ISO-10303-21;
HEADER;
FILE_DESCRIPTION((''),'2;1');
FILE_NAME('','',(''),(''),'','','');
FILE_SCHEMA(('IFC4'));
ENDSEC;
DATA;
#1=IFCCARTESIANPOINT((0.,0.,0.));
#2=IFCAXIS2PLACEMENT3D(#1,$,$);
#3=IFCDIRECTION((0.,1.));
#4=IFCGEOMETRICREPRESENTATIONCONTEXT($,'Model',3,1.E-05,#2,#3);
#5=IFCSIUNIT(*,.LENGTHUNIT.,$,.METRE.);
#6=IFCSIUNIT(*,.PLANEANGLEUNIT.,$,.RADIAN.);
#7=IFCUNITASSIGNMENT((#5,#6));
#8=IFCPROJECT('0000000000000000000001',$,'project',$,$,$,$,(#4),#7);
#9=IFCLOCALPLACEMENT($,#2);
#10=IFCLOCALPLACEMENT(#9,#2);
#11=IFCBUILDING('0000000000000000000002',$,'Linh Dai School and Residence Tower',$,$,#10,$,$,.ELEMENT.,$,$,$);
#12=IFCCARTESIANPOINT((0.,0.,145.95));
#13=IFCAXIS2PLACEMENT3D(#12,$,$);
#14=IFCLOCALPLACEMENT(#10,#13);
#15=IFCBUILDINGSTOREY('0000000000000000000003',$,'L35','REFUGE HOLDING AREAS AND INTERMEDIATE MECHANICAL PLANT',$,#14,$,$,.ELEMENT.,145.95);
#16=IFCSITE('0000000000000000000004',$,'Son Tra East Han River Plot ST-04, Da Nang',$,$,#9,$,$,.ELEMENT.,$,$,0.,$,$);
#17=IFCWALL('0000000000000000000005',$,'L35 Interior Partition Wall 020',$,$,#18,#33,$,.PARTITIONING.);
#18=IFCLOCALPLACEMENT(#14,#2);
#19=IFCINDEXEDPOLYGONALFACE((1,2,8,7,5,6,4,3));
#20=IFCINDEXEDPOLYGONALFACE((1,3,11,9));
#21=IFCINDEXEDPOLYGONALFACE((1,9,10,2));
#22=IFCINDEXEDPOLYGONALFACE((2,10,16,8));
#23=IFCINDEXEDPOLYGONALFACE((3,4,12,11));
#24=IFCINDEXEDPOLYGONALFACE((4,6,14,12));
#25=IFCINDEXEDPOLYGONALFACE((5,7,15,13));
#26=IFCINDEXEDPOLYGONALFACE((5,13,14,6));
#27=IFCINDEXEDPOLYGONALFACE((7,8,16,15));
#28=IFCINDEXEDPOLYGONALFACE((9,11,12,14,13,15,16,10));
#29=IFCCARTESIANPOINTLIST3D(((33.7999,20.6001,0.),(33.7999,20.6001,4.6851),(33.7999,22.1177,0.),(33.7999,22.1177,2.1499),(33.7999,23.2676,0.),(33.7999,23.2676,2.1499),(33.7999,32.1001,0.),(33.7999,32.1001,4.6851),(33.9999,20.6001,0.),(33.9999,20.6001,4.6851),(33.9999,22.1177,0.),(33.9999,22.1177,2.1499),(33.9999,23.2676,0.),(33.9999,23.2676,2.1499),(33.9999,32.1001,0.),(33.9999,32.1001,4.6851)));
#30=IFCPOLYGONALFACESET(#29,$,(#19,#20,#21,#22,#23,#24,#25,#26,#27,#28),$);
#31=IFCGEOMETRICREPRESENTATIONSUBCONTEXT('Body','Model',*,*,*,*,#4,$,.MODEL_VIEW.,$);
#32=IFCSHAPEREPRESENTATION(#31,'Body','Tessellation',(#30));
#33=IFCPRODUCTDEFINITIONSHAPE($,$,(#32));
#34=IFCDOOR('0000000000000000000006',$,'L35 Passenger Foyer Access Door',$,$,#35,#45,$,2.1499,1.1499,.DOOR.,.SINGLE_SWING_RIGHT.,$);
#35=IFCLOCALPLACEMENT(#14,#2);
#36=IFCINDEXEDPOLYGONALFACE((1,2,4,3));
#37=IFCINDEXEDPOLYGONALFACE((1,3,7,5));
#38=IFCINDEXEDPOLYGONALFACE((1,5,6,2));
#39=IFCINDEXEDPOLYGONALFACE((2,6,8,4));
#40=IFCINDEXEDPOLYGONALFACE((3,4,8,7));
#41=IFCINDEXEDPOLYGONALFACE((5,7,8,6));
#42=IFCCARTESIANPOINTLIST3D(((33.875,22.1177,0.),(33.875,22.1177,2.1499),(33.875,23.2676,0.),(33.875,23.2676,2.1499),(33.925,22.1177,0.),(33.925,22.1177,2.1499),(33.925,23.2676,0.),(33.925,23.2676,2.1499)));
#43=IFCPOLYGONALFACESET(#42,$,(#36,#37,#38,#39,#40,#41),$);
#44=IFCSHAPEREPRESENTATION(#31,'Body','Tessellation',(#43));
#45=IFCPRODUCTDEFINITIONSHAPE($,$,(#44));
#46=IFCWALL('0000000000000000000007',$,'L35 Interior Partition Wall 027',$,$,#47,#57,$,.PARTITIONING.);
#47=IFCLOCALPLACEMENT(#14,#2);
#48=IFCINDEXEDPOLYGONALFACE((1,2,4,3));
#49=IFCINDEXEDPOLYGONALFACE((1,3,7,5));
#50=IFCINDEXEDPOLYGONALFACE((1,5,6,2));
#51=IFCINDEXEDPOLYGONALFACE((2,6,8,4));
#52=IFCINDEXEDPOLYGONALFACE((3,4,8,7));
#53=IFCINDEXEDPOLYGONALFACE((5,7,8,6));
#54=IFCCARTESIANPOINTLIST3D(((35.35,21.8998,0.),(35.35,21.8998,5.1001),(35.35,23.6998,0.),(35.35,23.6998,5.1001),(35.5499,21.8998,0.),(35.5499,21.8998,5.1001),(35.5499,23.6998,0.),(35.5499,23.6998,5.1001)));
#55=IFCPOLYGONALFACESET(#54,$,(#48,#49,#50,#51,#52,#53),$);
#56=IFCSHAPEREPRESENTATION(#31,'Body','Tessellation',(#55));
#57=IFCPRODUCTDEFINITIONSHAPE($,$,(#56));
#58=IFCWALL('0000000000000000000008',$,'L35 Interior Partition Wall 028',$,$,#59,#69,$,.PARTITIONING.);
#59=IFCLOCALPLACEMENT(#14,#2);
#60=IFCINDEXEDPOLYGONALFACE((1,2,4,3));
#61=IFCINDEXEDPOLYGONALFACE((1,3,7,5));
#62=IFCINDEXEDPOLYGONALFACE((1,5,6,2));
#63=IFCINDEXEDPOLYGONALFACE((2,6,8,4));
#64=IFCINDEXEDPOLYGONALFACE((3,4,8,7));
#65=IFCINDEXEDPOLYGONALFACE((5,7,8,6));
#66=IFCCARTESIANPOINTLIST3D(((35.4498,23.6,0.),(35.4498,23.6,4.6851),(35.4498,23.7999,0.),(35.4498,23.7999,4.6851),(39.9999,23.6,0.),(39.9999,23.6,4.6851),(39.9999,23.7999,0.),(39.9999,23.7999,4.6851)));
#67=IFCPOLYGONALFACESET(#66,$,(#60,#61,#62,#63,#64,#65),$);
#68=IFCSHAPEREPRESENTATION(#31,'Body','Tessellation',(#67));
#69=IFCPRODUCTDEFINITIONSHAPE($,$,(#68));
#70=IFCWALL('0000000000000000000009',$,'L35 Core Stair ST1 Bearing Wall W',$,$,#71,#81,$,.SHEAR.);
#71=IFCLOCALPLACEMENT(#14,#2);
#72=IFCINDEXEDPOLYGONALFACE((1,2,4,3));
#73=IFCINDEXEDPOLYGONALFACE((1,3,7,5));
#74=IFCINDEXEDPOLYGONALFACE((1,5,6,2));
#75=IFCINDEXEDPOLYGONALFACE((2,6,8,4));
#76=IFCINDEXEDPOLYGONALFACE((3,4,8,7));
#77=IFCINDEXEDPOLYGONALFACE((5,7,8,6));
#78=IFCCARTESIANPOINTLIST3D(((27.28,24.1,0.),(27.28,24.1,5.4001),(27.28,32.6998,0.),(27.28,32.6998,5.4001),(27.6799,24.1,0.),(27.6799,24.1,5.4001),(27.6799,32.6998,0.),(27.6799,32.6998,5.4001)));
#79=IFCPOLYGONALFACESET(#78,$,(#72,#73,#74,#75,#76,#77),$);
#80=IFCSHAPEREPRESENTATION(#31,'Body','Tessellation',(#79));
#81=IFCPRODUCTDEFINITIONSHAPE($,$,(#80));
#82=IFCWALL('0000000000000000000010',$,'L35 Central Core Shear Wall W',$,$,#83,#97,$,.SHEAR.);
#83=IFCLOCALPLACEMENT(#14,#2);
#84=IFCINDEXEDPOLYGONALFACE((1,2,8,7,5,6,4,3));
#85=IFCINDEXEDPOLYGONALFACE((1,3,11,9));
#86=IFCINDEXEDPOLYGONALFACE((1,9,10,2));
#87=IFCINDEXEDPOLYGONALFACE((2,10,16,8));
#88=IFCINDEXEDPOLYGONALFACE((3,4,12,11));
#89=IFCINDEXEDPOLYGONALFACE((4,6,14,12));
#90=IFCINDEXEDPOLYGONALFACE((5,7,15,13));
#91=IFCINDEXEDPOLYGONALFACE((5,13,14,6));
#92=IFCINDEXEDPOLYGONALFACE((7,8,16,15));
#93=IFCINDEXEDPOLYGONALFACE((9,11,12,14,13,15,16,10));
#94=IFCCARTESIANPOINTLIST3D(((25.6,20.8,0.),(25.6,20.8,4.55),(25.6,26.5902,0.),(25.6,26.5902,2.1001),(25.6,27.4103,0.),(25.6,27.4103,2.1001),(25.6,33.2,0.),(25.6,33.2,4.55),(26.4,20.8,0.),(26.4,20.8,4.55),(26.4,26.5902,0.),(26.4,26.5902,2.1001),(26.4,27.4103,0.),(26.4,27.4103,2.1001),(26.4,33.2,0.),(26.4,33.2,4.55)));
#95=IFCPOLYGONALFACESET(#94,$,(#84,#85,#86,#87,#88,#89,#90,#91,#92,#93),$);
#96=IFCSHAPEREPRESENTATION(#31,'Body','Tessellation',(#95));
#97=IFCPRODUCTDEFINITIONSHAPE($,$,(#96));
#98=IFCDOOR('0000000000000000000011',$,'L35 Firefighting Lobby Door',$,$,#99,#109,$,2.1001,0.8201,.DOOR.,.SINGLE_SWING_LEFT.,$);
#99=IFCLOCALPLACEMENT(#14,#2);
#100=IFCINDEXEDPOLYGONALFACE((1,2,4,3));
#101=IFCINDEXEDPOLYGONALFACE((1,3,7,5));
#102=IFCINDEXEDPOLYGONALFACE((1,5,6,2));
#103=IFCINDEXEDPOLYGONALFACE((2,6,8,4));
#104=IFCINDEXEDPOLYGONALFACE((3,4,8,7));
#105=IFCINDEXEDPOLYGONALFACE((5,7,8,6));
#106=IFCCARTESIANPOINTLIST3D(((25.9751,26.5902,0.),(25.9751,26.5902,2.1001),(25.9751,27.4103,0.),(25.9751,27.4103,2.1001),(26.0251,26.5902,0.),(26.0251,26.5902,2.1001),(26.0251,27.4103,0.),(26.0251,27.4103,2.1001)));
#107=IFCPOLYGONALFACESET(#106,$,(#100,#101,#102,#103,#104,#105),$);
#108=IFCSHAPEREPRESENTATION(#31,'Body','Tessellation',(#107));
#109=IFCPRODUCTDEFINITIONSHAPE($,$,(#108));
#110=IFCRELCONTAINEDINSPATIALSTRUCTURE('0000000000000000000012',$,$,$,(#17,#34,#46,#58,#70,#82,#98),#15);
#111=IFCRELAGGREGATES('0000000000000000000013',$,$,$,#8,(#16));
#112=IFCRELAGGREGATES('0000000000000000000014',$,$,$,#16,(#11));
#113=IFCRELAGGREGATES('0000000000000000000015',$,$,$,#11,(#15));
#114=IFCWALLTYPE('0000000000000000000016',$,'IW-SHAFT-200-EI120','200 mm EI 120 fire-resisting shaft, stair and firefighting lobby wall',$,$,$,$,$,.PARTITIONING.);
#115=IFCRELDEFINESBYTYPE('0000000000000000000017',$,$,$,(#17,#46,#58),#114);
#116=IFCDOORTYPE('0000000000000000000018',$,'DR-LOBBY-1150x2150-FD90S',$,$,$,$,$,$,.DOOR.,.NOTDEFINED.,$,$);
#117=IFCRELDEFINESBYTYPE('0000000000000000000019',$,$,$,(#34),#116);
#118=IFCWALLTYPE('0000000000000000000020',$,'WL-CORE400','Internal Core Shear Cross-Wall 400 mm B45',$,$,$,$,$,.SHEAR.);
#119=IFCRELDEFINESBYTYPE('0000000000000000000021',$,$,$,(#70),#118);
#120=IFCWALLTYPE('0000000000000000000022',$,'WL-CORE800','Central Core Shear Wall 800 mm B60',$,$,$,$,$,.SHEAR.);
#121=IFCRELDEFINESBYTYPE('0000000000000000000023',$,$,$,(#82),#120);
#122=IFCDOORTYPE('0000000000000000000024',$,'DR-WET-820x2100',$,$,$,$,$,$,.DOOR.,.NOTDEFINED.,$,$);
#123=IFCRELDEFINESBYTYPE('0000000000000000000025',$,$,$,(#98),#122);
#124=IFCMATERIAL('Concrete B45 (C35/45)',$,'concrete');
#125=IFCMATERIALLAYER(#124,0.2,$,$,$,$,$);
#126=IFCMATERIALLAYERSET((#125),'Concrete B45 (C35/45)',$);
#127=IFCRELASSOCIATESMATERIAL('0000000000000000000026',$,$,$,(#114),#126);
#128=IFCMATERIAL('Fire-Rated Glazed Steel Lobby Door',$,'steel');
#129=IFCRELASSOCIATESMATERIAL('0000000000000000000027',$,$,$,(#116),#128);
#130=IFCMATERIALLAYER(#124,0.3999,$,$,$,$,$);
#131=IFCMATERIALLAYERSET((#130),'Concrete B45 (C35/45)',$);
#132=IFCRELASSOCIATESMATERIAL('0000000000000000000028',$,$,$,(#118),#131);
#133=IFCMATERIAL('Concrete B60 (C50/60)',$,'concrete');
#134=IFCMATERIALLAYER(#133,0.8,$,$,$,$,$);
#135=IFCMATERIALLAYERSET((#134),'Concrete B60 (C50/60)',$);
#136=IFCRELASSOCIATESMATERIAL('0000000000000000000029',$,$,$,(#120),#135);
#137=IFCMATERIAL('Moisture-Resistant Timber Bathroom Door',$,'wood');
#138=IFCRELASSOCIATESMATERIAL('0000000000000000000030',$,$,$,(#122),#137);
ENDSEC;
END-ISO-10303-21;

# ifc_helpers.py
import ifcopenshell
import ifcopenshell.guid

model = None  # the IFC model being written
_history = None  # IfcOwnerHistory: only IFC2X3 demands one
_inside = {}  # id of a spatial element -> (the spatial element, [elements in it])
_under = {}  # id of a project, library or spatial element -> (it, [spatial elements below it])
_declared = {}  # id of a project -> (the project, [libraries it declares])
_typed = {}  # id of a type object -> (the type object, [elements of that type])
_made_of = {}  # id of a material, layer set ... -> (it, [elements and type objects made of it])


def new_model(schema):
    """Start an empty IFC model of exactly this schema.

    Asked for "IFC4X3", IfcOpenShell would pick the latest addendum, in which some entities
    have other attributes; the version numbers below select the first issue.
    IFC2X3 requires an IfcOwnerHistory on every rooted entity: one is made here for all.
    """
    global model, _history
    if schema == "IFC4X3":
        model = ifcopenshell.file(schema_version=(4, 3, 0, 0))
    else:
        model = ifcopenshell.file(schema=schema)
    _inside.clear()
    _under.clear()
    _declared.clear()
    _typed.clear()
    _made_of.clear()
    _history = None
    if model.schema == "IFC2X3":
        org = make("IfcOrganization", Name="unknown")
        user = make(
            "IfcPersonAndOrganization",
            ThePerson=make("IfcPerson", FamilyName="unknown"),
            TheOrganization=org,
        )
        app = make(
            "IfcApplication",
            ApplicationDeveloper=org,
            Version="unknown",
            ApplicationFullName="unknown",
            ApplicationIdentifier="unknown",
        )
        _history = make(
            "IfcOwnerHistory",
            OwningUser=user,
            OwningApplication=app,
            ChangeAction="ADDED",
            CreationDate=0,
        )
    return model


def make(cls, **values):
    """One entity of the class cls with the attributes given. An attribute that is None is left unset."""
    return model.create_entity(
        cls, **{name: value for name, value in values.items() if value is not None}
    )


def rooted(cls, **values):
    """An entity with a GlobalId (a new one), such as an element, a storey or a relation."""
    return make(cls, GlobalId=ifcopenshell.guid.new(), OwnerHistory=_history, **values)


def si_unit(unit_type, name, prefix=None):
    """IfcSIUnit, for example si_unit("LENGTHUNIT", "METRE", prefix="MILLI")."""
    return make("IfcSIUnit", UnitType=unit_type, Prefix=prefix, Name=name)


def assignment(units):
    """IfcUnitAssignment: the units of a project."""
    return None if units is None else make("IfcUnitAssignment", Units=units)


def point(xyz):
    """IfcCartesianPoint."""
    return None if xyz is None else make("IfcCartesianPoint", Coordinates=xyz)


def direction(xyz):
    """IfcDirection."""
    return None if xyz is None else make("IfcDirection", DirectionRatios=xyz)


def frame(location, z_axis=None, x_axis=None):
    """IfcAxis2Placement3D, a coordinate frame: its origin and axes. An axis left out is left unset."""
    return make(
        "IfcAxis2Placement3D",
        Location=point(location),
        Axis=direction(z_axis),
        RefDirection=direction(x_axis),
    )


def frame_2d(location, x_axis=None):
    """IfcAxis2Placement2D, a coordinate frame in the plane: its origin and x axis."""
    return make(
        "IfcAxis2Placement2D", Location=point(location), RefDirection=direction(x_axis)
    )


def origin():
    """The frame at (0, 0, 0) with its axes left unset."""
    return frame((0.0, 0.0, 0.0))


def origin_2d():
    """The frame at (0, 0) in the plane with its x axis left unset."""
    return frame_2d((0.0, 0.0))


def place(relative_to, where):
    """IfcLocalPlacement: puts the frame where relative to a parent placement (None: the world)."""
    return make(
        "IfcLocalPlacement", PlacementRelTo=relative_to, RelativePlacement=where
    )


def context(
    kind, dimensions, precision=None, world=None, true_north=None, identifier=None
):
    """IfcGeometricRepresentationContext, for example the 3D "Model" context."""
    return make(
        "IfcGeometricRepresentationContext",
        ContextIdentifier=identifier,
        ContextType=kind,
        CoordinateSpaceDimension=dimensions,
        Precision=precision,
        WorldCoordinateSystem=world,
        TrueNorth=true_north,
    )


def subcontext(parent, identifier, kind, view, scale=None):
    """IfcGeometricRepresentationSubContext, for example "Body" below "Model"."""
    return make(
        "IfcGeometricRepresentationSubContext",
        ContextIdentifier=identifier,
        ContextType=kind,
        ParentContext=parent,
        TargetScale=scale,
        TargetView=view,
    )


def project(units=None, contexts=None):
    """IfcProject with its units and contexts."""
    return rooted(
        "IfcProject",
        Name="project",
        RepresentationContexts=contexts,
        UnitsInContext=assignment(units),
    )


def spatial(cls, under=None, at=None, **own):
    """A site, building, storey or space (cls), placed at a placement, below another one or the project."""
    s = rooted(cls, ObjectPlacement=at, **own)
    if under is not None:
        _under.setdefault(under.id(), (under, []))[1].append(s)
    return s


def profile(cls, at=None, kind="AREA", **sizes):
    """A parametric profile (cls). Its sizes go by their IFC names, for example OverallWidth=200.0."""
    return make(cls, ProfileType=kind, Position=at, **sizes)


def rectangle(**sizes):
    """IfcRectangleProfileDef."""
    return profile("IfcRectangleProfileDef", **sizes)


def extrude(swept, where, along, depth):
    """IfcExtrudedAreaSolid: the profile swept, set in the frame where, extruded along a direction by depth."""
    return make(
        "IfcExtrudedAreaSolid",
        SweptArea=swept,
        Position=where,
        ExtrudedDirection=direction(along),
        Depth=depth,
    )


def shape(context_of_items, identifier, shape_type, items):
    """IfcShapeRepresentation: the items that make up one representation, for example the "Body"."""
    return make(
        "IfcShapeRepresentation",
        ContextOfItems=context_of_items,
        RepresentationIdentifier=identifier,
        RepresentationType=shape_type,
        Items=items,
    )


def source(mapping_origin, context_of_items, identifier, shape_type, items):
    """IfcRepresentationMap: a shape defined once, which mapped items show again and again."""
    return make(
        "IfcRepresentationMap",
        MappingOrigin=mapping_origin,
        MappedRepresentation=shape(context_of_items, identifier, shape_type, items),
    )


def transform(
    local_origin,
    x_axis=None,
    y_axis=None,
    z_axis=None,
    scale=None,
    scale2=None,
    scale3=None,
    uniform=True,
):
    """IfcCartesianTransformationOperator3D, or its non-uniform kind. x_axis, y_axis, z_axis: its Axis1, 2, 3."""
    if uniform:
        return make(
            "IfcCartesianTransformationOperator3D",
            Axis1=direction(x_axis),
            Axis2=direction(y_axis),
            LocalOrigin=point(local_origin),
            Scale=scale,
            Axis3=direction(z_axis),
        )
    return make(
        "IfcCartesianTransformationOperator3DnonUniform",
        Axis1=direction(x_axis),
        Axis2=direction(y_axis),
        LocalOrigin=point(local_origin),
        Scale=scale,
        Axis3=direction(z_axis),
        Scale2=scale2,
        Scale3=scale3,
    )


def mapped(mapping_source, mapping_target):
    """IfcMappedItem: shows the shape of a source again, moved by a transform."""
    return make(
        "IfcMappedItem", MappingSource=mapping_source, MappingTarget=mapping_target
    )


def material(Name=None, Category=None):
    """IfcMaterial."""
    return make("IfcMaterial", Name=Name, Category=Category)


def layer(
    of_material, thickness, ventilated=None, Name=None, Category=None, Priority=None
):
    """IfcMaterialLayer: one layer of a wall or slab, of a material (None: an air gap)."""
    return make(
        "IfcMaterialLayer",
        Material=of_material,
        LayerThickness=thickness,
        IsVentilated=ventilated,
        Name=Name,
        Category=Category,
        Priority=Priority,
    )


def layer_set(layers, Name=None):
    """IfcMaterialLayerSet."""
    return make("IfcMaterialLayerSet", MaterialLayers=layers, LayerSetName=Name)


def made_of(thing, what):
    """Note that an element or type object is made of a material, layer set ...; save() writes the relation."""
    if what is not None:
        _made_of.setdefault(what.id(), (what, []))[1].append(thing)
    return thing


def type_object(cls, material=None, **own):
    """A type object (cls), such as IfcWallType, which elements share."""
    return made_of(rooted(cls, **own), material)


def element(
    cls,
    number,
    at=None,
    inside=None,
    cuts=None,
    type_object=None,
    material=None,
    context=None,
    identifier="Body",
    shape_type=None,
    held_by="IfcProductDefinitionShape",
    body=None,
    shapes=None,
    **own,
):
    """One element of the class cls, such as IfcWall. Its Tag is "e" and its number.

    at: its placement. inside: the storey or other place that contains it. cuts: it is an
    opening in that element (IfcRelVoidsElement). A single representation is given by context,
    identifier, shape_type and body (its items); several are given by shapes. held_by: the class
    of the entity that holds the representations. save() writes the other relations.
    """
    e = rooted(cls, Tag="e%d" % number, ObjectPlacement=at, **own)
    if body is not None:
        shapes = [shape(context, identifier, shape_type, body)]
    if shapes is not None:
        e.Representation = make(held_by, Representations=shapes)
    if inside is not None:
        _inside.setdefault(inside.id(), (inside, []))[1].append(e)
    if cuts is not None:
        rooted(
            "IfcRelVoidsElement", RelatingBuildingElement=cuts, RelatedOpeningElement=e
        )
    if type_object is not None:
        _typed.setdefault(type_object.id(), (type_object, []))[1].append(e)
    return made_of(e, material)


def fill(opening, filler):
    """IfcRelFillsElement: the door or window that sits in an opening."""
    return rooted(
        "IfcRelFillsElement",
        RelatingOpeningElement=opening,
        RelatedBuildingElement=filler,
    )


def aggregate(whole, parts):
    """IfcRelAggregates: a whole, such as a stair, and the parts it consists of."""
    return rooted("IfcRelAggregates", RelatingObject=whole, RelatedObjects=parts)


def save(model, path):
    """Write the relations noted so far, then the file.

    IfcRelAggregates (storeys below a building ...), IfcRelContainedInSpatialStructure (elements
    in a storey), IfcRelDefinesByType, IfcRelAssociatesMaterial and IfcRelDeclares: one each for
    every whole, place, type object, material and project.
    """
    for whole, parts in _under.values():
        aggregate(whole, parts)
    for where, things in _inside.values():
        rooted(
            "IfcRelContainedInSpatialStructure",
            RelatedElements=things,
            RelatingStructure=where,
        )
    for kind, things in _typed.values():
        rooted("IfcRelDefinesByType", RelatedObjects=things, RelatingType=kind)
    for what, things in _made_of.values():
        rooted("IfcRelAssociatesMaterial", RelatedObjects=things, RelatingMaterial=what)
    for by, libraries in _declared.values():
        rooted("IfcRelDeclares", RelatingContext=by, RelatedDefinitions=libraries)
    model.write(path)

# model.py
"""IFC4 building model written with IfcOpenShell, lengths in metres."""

from ifc_helpers import new_model, si_unit, direction, frame, frame_2d, origin, origin_2d, place, context, subcontext, project, spatial, rectangle, extrude, source, transform, mapped, material, layer, layer_set, type_object, element, fill, save


model = new_model("IFC4")

# Units and contexts
model_context = context("Model", 3, precision=1e-05, world=origin(), true_north=direction((0.0, 1.0)))
body_context = subcontext(model_context, "Body", "Model", "MODEL_VIEW")
ifc_project = project(units=[si_unit("LENGTHUNIT", "METRE"), si_unit("PLANEANGLEUNIT", "RADIAN")], contexts=[model_context])

# Site, building, storey
site_placement = place(None, origin())
site = spatial("IfcSite", under=ifc_project, at=site_placement, Name="Son Tra East Han River Plot ST-04, Da Nang", CompositionType="ELEMENT", RefElevation=0.0)
building_placement = place(site_placement, origin())
building = spatial("IfcBuilding", under=site, at=building_placement, Name="Linh Dai School and Residence Tower", CompositionType="ELEMENT")
storey_placement = place(building_placement, frame((0.0, 0.0, 145.95)))
storey = spatial("IfcBuildingStorey", under=building, at=storey_placement, Name="L35", Description="REFUGE HOLDING AREAS AND INTERMEDIATE MECHANICAL PLANT", CompositionType="ELEMENT", Elevation=145.95)

# Shared definitions
ifc_material_1 = material(Name="Concrete B60 (C50/60)", Category="concrete")

# Wall, opening, door
ifc_material_2 = material(Name="Concrete B45 (C35/45)", Category="concrete")
ifc_layer_1 = layer(ifc_material_2, 0.2)
ifc_layer_set_1 = layer_set([ifc_layer_1], Name="Concrete B45 (C35/45)")
wall_type_1 = type_object("IfcWallType", Name="IW-SHAFT-200-EI120", Description="200 mm EI 120 fire-resisting shaft, stair and firefighting lobby wall", PredefinedType="PARTITIONING", material=ifc_layer_set_1)
wall_1_placement = place(storey_placement, frame((33.8999, 20.6001, 0.0), z_axis=(0.0, 0.0, 1.0), x_axis=(0.0, 1.0, 0.0)))
wall_1 = element("IfcWall", 1, at=wall_1_placement, inside=storey, type_object=wall_type_1, Name="L35 Interior Partition Wall 020", PredefinedType="PARTITIONING", context=body_context, shape_type="SweptSolid", body=[
    extrude(rectangle(XDim=11.5, YDim=0.2, at=frame_2d((5.75, 0.0))), origin(), (0.0, 0.0, 1.0), 4.6851),
])
opening_1_placement = place(wall_1_placement, frame((1.5176, 0.0, 0.0)))
opening_1 = element("IfcOpeningElement", 2, at=opening_1_placement, cuts=wall_1, PredefinedType="OPENING", context=body_context, shape_type="SweptSolid", body=[
    extrude(rectangle(XDim=1.1499, YDim=2.1499, at=origin_2d()), frame((0.575, 0.1099, 1.075), z_axis=(0.0, -1.0, 0.0), x_axis=(1.0, 0.0, 0.0)), (0.0, 0.0, 1.0), 0.22),
])
ifc_material_3 = material(Name="Fire-Rated Glazed Steel Lobby Door", Category="steel")
door_type_1 = type_object("IfcDoorType", Name="DR-LOBBY-1150x2150-FD90S", OperationType="NOTDEFINED", PredefinedType="DOOR", material=ifc_material_3)
shared_shape_1 = source(origin(), body_context, "Body", "SweptSolid", [
    extrude(rectangle(XDim=1.1499, YDim=2.1499, at=origin_2d()), frame((0.575, 0.0249, 1.075), z_axis=(0.0, -1.0, 0.0), x_axis=(1.0, 0.0, 0.0)), (0.0, 0.0, 1.0), 0.05),
])
door_1_placement = place(opening_1_placement, origin())
door_1 = element("IfcDoor", 3, at=door_1_placement, inside=storey, type_object=door_type_1, Name="L35 Passenger Foyer Access Door", OperationType="SINGLE_SWING_RIGHT", OverallHeight=2.1499, OverallWidth=1.1499, PredefinedType="DOOR", context=body_context, shape_type="MappedRepresentation", body=[
    mapped(shared_shape_1, transform((0.0, 0.0, 0.0), x_axis=(1.0, 0.0, 0.0), y_axis=(0.0, 1.0, 0.0), z_axis=(0.0, 0.0, 1.0), scale=1.0)),
])
fill(opening_1, door_1)

# Walls
wall_2_placement = place(storey_placement, frame((35.45, 21.8999, 0.0), z_axis=(0.0, 0.0, 1.0), x_axis=(0.0, 1.0, 0.0)))
element("IfcWall", 4, at=wall_2_placement, inside=storey, type_object=wall_type_1, Name="L35 Interior Partition Wall 027", PredefinedType="PARTITIONING", context=body_context, shape_type="SweptSolid", body=[
    extrude(rectangle(XDim=1.8, YDim=0.2, at=frame_2d((0.8999, 0.0))), origin(), (0.0, 0.0, 1.0), 5.1001),
])
wall_3_placement = place(storey_placement, frame((35.45, 23.7, 0.0), z_axis=(0.0, 0.0, 1.0), x_axis=(1.0, 0.0, 0.0)))
element("IfcWall", 5, at=wall_3_placement, inside=storey, type_object=wall_type_1, Name="L35 Interior Partition Wall 028", PredefinedType="PARTITIONING", context=body_context, shape_type="SweptSolid", body=[
    extrude(rectangle(XDim=4.55, YDim=0.2, at=frame_2d((2.2749, 0.0))), origin(), (0.0, 0.0, 1.0), 4.6851),
])
ifc_layer_2 = layer(ifc_material_2, 0.3999)
ifc_layer_set_2 = layer_set([ifc_layer_2], Name="Concrete B45 (C35/45)")
wall_type_2 = type_object("IfcWallType", Name="WL-CORE400", Description="Internal Core Shear Cross-Wall 400 mm B45", PredefinedType="SHEAR", material=ifc_layer_set_2)
wall_4_placement = place(storey_placement, frame((27.48, 24.1001, 0.0), z_axis=(0.0, 0.0, 1.0), x_axis=(0.0, 1.0, 0.0)))
element("IfcWall", 6, at=wall_4_placement, inside=storey, type_object=wall_type_2, Name="L35 Core Stair ST1 Bearing Wall W", PredefinedType="SHEAR", context=body_context, shape_type="SweptSolid", body=[
    extrude(rectangle(XDim=8.5999, YDim=0.3999, at=frame_2d((4.2998, 0.0))), origin(), (0.0, 0.0, 1.0), 5.4001),
])

# Wall, opening, door
ifc_layer_3 = layer(ifc_material_1, 0.8)
ifc_layer_set_3 = layer_set([ifc_layer_3], Name="Concrete B60 (C50/60)")
wall_type_3 = type_object("IfcWallType", Name="WL-CORE800", Description="Central Core Shear Wall 800 mm B60", PredefinedType="SHEAR", material=ifc_layer_set_3)
wall_5_placement = place(storey_placement, frame((26.0, 20.8, 0.0), z_axis=(0.0, 0.0, 1.0), x_axis=(0.0, 1.0, 0.0)))
wall_5 = element("IfcWall", 7, at=wall_5_placement, inside=storey, type_object=wall_type_3, Name="L35 Central Core Shear Wall W", PredefinedType="SHEAR", context=body_context, shape_type="SweptSolid", body=[
    extrude(rectangle(XDim=12.3999, YDim=0.8, at=frame_2d((6.2, 0.0))), origin(), (0.0, 0.0, 1.0), 4.55),
])
opening_2_placement = place(wall_5_placement, frame((5.79, 0.0, 0.0)))
opening_2 = element("IfcOpeningElement", 8, at=opening_2_placement, cuts=wall_5, PredefinedType="OPENING", context=body_context, shape_type="SweptSolid", body=[
    extrude(rectangle(XDim=0.8201, YDim=2.1001, at=origin_2d()), frame((0.4102, 0.4102, 1.05), z_axis=(0.0, -1.0, 0.0), x_axis=(1.0, 0.0, 0.0)), (0.0, 0.0, 1.0), 0.8201),
])
ifc_material_4 = material(Name="Moisture-Resistant Timber Bathroom Door", Category="wood")
door_type_2 = type_object("IfcDoorType", Name="DR-WET-820x2100", OperationType="NOTDEFINED", PredefinedType="DOOR", material=ifc_material_4)
shared_shape_2 = source(origin(), body_context, "Body", "SweptSolid", [
    extrude(rectangle(XDim=0.8201, YDim=2.1001, at=origin_2d()), frame((0.4102, 0.0249, 1.05), z_axis=(0.0, -1.0, 0.0), x_axis=(1.0, 0.0, 0.0)), (0.0, 0.0, 1.0), 0.05),
])
door_2_placement = place(opening_2_placement, origin())
door_2 = element("IfcDoor", 9, at=door_2_placement, inside=storey, type_object=door_type_2, Name="L35 Firefighting Lobby Door", OperationType="SINGLE_SWING_LEFT", OverallHeight=2.1001, OverallWidth=0.8201, PredefinedType="DOOR", context=body_context, shape_type="MappedRepresentation", body=[
    mapped(shared_shape_2, transform((0.0, 0.0, 0.0), x_axis=(1.0, 0.0, 0.0), y_axis=(0.0, 1.0, 0.0), z_axis=(0.0, 0.0, 1.0), scale=1.0)),
])
fill(opening_2, door_2)

save(model, "model.ifc")
